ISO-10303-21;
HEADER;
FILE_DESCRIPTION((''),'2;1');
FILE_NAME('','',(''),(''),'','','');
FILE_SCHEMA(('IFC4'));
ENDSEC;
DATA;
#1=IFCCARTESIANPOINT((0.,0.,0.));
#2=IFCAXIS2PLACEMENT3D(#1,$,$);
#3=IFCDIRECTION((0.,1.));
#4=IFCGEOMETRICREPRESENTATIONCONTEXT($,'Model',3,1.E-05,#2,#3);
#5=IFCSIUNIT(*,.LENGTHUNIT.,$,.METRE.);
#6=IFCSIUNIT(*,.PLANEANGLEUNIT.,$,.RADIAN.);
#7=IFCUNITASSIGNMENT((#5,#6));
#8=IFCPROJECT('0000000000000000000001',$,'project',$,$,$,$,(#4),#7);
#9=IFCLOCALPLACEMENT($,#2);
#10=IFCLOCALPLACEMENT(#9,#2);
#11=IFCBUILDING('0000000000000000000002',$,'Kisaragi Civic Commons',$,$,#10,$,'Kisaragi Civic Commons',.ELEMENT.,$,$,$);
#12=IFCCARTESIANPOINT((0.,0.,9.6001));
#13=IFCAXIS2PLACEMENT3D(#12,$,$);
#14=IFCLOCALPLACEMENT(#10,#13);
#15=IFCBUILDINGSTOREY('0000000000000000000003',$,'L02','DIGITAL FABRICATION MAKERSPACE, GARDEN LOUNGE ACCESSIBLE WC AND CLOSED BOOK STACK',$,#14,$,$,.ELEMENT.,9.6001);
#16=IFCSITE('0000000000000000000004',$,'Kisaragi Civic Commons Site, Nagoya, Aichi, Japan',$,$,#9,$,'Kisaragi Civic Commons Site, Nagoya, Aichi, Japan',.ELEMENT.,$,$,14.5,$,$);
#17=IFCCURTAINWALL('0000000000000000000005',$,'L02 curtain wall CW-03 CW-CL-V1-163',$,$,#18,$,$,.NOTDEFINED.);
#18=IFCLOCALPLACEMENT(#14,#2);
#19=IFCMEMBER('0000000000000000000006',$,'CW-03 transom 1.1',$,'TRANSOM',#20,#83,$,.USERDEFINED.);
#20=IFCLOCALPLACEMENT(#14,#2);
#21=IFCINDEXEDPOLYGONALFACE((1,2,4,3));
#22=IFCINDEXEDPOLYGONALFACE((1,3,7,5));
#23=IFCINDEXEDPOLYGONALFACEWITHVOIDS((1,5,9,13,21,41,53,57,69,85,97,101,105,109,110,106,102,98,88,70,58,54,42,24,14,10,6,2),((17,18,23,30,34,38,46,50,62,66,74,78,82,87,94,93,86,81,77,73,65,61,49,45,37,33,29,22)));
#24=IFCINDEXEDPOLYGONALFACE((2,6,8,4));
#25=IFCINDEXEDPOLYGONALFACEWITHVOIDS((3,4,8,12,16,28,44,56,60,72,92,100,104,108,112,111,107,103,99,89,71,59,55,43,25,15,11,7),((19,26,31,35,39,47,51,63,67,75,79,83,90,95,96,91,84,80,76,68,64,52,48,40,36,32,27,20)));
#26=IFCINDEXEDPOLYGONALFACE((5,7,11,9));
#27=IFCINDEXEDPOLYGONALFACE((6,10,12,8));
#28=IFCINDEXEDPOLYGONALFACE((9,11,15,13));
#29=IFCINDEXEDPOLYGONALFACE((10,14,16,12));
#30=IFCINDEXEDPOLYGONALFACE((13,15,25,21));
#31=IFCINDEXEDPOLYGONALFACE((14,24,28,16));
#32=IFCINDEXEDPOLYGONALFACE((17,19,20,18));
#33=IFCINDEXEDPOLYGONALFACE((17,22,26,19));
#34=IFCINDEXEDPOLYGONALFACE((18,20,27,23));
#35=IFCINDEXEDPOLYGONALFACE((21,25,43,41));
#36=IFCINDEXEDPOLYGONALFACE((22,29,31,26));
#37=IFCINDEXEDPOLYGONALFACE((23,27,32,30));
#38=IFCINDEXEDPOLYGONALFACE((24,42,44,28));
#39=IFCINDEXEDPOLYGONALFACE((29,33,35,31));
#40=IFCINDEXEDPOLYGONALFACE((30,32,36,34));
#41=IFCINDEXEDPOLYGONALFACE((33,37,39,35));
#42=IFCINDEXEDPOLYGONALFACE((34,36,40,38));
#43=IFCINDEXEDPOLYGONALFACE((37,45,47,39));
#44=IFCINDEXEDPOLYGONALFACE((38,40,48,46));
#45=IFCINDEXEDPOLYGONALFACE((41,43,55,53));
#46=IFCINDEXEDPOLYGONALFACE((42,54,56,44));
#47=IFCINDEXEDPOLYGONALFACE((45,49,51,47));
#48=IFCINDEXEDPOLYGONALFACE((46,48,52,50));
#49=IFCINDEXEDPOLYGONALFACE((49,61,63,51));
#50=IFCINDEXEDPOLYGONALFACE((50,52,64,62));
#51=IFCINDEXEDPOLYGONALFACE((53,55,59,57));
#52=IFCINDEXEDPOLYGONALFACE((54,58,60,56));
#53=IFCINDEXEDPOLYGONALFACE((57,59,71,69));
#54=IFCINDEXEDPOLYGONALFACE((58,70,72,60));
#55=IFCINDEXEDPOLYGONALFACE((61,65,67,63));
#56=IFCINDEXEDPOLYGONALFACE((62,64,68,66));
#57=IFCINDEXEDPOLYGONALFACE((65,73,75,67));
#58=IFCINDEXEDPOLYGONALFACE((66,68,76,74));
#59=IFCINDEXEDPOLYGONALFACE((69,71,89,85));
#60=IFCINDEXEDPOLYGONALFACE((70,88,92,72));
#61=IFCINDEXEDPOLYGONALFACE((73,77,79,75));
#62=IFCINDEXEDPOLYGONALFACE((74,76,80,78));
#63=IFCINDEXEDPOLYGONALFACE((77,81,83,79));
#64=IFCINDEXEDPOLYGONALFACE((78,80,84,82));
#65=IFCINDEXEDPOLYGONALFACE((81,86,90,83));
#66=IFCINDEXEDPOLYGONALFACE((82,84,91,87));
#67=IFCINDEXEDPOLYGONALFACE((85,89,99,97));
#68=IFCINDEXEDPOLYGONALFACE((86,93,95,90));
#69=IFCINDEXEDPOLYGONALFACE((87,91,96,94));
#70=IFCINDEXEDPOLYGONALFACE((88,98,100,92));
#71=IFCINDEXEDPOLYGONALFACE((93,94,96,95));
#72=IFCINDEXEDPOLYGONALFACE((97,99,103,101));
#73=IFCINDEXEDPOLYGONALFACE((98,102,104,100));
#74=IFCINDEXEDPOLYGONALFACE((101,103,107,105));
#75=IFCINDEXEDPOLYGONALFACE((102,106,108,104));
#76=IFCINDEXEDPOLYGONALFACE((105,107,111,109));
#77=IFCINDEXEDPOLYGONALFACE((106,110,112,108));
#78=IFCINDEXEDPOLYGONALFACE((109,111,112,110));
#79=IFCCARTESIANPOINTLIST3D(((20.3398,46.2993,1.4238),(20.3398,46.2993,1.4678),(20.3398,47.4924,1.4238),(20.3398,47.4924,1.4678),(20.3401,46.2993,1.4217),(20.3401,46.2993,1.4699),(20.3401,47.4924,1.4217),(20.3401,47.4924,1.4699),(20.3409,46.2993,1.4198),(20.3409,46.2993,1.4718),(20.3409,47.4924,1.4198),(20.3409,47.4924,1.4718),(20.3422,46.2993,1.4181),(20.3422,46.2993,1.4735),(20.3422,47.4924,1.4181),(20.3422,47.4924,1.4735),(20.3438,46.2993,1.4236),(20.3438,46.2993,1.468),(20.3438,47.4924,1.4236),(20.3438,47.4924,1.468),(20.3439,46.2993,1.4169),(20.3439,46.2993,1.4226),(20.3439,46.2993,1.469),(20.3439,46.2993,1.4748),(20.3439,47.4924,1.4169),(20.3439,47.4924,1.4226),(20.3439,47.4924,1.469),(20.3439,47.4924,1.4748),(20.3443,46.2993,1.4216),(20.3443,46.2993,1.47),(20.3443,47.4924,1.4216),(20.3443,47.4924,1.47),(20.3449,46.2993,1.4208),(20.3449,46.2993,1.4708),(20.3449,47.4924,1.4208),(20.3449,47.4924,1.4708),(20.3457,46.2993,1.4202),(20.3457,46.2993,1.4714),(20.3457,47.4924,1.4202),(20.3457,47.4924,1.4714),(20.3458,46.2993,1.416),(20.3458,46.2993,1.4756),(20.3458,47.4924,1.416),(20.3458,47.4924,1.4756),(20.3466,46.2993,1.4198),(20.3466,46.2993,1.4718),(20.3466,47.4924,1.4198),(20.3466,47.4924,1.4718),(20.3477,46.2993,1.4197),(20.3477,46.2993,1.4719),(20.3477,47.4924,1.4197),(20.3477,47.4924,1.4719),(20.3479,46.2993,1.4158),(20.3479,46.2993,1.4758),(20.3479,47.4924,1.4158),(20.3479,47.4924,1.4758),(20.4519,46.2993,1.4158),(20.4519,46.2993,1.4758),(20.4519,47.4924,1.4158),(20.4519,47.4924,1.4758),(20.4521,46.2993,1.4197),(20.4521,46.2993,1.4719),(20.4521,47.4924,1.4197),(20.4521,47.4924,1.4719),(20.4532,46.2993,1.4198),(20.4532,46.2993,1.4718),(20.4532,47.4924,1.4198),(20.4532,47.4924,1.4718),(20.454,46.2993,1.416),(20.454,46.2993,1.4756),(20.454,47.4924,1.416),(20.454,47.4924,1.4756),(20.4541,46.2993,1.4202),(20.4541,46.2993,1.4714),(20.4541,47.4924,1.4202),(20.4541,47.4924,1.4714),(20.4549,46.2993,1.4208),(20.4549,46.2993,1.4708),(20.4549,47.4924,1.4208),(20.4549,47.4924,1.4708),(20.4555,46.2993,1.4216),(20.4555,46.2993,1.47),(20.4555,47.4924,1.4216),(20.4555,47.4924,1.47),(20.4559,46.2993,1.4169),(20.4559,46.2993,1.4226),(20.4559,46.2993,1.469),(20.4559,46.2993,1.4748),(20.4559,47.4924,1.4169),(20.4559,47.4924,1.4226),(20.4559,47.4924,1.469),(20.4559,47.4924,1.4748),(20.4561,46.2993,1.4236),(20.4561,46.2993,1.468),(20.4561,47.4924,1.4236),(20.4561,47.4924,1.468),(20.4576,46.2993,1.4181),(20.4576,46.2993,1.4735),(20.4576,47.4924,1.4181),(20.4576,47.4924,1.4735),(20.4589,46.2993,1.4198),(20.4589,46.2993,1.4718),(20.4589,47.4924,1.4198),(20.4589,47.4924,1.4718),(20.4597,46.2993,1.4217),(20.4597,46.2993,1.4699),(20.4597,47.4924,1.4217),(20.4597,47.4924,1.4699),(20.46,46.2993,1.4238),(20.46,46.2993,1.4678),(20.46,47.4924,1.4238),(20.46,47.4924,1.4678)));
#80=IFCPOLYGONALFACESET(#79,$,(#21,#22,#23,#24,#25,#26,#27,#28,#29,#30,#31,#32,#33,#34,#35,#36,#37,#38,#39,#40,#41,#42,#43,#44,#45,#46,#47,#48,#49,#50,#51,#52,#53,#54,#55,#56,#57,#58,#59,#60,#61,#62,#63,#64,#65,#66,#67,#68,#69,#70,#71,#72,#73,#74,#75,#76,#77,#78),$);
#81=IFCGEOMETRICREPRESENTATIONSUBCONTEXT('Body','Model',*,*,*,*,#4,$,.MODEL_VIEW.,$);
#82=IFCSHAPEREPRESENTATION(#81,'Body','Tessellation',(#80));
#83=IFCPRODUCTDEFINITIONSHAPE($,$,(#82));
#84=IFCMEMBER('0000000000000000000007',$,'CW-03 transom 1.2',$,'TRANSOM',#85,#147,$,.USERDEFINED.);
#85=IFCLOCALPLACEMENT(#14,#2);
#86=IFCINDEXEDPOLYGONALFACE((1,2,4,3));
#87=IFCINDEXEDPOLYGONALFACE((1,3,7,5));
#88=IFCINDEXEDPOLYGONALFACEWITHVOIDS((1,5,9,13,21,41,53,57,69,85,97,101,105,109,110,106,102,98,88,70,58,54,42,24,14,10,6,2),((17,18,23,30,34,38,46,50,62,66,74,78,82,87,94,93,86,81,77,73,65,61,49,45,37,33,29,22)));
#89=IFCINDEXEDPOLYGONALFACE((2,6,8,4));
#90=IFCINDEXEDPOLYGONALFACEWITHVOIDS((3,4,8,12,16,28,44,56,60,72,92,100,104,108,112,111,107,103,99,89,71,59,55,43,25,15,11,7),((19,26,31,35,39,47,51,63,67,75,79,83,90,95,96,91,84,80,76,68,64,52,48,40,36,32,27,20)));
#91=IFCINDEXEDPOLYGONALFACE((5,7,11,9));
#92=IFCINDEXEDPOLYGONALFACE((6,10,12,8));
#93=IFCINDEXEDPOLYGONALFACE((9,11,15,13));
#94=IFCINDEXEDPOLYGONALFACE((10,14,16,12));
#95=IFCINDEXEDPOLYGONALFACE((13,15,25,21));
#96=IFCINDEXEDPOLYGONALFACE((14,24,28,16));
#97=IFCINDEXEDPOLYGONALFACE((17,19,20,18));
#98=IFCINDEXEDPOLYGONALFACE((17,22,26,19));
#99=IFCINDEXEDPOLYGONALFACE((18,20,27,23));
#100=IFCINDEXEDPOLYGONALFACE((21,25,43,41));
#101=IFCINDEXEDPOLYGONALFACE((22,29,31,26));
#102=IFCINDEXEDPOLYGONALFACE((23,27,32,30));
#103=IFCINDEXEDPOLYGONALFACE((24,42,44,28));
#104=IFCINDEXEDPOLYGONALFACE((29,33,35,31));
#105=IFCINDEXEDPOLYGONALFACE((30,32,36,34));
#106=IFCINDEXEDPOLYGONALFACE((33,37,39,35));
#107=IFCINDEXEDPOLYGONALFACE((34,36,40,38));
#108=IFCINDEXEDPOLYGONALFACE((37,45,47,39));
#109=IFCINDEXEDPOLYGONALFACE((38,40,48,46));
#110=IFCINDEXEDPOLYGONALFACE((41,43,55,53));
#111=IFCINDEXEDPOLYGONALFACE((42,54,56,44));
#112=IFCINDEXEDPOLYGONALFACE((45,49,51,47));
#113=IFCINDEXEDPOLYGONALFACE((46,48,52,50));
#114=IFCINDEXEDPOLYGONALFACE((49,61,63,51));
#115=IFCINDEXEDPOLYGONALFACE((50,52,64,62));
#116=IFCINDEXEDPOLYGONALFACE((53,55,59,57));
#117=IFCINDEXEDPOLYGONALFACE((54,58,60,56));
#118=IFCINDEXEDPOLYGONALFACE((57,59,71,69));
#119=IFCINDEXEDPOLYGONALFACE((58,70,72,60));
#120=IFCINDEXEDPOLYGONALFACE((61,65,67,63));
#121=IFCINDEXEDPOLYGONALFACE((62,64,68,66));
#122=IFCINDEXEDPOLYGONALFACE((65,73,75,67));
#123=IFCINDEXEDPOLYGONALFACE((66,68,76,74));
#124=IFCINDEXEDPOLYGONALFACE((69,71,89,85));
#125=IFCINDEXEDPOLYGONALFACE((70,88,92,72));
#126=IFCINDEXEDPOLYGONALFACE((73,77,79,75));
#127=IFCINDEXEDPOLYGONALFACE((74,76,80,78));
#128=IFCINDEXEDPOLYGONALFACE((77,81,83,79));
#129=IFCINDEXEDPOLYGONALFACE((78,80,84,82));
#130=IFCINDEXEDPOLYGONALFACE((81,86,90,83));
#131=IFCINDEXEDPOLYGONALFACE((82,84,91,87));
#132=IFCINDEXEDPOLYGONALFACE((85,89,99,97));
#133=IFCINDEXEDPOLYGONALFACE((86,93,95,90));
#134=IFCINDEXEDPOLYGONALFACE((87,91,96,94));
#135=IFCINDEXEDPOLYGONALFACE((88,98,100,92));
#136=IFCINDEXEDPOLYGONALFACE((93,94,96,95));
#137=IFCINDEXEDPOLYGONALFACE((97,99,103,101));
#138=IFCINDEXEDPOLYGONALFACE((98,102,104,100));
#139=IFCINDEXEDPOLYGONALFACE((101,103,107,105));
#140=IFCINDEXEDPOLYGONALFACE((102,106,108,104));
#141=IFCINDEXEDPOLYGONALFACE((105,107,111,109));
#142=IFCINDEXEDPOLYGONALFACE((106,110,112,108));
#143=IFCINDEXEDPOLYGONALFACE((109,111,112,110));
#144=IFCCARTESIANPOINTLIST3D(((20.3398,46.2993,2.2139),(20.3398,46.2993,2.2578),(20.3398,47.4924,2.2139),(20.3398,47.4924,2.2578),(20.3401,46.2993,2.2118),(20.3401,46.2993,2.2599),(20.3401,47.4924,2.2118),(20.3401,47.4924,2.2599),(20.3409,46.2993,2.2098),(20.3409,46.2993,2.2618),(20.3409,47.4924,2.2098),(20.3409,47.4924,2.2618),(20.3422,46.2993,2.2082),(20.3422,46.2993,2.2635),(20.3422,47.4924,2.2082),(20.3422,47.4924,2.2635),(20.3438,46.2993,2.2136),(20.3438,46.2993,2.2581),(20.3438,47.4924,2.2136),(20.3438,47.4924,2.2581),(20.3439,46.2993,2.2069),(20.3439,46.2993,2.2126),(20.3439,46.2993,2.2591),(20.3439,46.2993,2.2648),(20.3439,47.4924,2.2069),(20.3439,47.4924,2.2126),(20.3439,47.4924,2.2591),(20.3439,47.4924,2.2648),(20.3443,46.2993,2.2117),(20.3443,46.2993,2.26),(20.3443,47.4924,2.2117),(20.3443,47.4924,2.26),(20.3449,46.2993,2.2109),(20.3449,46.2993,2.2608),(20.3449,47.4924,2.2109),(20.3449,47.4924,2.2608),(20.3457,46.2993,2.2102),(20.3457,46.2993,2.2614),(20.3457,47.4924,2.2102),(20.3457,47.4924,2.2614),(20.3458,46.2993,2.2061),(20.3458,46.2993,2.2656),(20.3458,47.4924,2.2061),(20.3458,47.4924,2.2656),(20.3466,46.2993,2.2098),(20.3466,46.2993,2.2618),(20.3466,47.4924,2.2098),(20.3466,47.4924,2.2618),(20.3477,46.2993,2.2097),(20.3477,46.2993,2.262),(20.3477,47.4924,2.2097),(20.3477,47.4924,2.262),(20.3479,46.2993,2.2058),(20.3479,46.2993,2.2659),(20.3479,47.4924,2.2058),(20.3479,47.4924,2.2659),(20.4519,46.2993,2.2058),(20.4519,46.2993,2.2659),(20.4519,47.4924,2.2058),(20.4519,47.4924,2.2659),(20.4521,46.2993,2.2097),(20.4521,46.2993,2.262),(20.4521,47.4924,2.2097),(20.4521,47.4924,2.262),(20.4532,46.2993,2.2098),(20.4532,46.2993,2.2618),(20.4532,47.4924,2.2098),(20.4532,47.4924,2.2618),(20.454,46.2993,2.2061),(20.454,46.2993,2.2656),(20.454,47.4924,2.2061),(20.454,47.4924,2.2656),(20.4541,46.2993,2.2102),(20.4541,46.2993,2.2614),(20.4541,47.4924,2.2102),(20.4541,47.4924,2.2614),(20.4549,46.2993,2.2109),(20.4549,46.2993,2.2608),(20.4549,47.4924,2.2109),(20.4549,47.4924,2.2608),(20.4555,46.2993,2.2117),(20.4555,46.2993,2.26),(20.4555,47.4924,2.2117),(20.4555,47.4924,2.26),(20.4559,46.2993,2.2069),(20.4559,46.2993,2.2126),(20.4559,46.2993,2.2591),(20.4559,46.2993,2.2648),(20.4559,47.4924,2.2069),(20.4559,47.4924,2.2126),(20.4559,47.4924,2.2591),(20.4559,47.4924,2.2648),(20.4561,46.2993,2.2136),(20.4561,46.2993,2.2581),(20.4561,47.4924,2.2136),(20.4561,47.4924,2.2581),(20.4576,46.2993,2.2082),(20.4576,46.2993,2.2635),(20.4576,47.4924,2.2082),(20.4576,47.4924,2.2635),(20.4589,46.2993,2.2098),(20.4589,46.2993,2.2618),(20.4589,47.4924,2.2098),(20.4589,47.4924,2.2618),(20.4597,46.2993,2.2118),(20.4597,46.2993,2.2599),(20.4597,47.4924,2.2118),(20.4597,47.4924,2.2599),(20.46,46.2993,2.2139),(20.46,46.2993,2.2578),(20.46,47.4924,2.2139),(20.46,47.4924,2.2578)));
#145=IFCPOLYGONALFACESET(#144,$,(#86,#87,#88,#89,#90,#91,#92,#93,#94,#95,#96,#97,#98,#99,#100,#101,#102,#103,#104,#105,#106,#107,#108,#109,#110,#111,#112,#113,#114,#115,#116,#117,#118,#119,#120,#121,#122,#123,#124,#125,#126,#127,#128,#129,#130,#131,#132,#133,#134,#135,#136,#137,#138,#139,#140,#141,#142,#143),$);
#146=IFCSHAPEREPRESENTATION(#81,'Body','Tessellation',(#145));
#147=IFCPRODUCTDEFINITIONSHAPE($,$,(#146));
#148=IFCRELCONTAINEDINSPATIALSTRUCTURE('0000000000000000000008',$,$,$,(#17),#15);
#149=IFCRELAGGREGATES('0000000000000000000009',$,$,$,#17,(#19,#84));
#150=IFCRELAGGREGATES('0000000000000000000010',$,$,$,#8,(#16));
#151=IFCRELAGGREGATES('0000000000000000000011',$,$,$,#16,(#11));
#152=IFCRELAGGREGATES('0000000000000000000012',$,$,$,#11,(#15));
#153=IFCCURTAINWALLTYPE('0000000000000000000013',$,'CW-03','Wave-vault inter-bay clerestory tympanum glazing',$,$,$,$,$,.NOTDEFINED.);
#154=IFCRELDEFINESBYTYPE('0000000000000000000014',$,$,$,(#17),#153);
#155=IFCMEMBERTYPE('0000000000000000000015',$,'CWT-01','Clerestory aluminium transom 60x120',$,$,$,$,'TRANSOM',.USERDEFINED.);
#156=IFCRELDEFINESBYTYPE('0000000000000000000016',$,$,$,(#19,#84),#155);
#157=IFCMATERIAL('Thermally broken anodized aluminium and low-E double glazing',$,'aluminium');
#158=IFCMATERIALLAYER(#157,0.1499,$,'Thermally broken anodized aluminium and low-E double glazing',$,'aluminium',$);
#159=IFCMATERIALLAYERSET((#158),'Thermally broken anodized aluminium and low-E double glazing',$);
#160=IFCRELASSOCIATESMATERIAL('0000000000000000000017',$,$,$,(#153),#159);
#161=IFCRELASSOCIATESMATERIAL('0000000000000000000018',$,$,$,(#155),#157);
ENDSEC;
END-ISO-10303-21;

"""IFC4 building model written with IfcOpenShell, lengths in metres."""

from ifc_helpers import new_model, si_unit, direction, frame, origin, origin_2d, place, context, subcontext, project, spatial, hollow_rectangle, extrude, material, layer, layer_set, material_profile, profile_set, type_object, element, aggregate, save


model = new_model("IFC4")

# Units and contexts
model_context = context("Model", 3, precision=1e-05, world=origin(), true_north=direction((0.0, 1.0)))
body_context = subcontext(model_context, "Body", "Model", "MODEL_VIEW")
ifc_project = project(units=[si_unit("LENGTHUNIT", "METRE"), si_unit("PLANEANGLEUNIT", "RADIAN")], contexts=[model_context])

# Site, building, storey
site_placement = place(None, origin())
site = spatial("IfcSite", under=ifc_project, at=site_placement, Name="Kisaragi Civic Commons Site, Nagoya, Aichi, Japan", LongName="Kisaragi Civic Commons Site, Nagoya, Aichi, Japan", CompositionType="ELEMENT", RefElevation=14.5)
building_placement = place(site_placement, origin())
building = spatial("IfcBuilding", under=site, at=building_placement, Name="Kisaragi Civic Commons", LongName="Kisaragi Civic Commons", CompositionType="ELEMENT")
storey_placement = place(building_placement, frame((0.0, 0.0, 9.6001)))
storey = spatial("IfcBuildingStorey", under=building, at=storey_placement, Name="L02", Description="DIGITAL FABRICATION MAKERSPACE, GARDEN LOUNGE ACCESSIBLE WC AND CLOSED BOOK STACK", CompositionType="ELEMENT", Elevation=9.6001)

# Curtain wall
ifc_material_1 = material(Name="Thermally broken anodized aluminium and low-E double glazing", Category="aluminium")
ifc_layer_1 = layer(ifc_material_1, 0.1499, Name="Thermally broken anodized aluminium and low-E double glazing", Category="aluminium")
ifc_layer_set_1 = layer_set([ifc_layer_1], Name="Thermally broken anodized aluminium and low-E double glazing")
curtain_wall_type = type_object("IfcCurtainWallType", Name="CW-03", Description="Wave-vault inter-bay clerestory tympanum glazing", PredefinedType="NOTDEFINED", material=ifc_layer_set_1)
curtain_wall_1_placement = place(storey_placement, origin())
curtain_wall_1 = element("IfcCurtainWall", 1, at=curtain_wall_1_placement, inside=storey, type_object=curtain_wall_type, Name="L02 curtain wall CW-03 CW-CL-V1-163", PredefinedType="NOTDEFINED")

# Members
ifc_material_profile_1 = material_profile(ifc_material_1, hollow_rectangle(XDim=0.1201, YDim=0.0601, WallThickness=0.0039, InnerFilletRadius=0.0039, OuterFilletRadius=0.0081, at=origin_2d()), Name="CWT-60x120x4", Category="aluminium")
ifc_profile_set_1 = profile_set([ifc_material_profile_1], Name="Thermally broken anodized aluminium and low-E double glazing")
member_type_1 = type_object("IfcMemberType", Name="CWT-01", Description="Clerestory aluminium transom 60x120", ElementType="TRANSOM", PredefinedType="USERDEFINED", material=ifc_profile_set_1)
member_1_placement = place(storey_placement, frame((20.3999, 46.2993, 1.4458), z_axis=(0.0, 1.0, 0.0), x_axis=(-1.0, 0.0, 0.0)))
member_1 = element("IfcMember", 2, at=member_1_placement, type_object=member_type_1, Name="CW-03 transom 1.1", ObjectType="TRANSOM", PredefinedType="USERDEFINED", context=body_context, shape_type="SweptSolid", body=[
    extrude(hollow_rectangle(XDim=0.1201, YDim=0.0601, WallThickness=0.0039, InnerFilletRadius=0.0039, OuterFilletRadius=0.0081, at=origin_2d()), origin(), (0.0, 0.0, 1.0), 1.1931),
])
member_2_placement = place(storey_placement, frame((20.3999, 46.2993, 2.2358), z_axis=(0.0, 1.0, 0.0), x_axis=(-1.0, 0.0, 0.0)))
member_2 = element("IfcMember", 3, at=member_2_placement, type_object=member_type_1, Name="CW-03 transom 1.2", ObjectType="TRANSOM", PredefinedType="USERDEFINED", context=body_context, shape_type="SweptSolid", body=[
    extrude(hollow_rectangle(XDim=0.1201, YDim=0.0601, WallThickness=0.0039, InnerFilletRadius=0.0039, OuterFilletRadius=0.0081, at=origin_2d()), origin(), (0.0, 0.0, 1.0), 1.1931),
])

aggregate(curtain_wall_1, [member_1, member_2])

save(model, "model.ifc")
